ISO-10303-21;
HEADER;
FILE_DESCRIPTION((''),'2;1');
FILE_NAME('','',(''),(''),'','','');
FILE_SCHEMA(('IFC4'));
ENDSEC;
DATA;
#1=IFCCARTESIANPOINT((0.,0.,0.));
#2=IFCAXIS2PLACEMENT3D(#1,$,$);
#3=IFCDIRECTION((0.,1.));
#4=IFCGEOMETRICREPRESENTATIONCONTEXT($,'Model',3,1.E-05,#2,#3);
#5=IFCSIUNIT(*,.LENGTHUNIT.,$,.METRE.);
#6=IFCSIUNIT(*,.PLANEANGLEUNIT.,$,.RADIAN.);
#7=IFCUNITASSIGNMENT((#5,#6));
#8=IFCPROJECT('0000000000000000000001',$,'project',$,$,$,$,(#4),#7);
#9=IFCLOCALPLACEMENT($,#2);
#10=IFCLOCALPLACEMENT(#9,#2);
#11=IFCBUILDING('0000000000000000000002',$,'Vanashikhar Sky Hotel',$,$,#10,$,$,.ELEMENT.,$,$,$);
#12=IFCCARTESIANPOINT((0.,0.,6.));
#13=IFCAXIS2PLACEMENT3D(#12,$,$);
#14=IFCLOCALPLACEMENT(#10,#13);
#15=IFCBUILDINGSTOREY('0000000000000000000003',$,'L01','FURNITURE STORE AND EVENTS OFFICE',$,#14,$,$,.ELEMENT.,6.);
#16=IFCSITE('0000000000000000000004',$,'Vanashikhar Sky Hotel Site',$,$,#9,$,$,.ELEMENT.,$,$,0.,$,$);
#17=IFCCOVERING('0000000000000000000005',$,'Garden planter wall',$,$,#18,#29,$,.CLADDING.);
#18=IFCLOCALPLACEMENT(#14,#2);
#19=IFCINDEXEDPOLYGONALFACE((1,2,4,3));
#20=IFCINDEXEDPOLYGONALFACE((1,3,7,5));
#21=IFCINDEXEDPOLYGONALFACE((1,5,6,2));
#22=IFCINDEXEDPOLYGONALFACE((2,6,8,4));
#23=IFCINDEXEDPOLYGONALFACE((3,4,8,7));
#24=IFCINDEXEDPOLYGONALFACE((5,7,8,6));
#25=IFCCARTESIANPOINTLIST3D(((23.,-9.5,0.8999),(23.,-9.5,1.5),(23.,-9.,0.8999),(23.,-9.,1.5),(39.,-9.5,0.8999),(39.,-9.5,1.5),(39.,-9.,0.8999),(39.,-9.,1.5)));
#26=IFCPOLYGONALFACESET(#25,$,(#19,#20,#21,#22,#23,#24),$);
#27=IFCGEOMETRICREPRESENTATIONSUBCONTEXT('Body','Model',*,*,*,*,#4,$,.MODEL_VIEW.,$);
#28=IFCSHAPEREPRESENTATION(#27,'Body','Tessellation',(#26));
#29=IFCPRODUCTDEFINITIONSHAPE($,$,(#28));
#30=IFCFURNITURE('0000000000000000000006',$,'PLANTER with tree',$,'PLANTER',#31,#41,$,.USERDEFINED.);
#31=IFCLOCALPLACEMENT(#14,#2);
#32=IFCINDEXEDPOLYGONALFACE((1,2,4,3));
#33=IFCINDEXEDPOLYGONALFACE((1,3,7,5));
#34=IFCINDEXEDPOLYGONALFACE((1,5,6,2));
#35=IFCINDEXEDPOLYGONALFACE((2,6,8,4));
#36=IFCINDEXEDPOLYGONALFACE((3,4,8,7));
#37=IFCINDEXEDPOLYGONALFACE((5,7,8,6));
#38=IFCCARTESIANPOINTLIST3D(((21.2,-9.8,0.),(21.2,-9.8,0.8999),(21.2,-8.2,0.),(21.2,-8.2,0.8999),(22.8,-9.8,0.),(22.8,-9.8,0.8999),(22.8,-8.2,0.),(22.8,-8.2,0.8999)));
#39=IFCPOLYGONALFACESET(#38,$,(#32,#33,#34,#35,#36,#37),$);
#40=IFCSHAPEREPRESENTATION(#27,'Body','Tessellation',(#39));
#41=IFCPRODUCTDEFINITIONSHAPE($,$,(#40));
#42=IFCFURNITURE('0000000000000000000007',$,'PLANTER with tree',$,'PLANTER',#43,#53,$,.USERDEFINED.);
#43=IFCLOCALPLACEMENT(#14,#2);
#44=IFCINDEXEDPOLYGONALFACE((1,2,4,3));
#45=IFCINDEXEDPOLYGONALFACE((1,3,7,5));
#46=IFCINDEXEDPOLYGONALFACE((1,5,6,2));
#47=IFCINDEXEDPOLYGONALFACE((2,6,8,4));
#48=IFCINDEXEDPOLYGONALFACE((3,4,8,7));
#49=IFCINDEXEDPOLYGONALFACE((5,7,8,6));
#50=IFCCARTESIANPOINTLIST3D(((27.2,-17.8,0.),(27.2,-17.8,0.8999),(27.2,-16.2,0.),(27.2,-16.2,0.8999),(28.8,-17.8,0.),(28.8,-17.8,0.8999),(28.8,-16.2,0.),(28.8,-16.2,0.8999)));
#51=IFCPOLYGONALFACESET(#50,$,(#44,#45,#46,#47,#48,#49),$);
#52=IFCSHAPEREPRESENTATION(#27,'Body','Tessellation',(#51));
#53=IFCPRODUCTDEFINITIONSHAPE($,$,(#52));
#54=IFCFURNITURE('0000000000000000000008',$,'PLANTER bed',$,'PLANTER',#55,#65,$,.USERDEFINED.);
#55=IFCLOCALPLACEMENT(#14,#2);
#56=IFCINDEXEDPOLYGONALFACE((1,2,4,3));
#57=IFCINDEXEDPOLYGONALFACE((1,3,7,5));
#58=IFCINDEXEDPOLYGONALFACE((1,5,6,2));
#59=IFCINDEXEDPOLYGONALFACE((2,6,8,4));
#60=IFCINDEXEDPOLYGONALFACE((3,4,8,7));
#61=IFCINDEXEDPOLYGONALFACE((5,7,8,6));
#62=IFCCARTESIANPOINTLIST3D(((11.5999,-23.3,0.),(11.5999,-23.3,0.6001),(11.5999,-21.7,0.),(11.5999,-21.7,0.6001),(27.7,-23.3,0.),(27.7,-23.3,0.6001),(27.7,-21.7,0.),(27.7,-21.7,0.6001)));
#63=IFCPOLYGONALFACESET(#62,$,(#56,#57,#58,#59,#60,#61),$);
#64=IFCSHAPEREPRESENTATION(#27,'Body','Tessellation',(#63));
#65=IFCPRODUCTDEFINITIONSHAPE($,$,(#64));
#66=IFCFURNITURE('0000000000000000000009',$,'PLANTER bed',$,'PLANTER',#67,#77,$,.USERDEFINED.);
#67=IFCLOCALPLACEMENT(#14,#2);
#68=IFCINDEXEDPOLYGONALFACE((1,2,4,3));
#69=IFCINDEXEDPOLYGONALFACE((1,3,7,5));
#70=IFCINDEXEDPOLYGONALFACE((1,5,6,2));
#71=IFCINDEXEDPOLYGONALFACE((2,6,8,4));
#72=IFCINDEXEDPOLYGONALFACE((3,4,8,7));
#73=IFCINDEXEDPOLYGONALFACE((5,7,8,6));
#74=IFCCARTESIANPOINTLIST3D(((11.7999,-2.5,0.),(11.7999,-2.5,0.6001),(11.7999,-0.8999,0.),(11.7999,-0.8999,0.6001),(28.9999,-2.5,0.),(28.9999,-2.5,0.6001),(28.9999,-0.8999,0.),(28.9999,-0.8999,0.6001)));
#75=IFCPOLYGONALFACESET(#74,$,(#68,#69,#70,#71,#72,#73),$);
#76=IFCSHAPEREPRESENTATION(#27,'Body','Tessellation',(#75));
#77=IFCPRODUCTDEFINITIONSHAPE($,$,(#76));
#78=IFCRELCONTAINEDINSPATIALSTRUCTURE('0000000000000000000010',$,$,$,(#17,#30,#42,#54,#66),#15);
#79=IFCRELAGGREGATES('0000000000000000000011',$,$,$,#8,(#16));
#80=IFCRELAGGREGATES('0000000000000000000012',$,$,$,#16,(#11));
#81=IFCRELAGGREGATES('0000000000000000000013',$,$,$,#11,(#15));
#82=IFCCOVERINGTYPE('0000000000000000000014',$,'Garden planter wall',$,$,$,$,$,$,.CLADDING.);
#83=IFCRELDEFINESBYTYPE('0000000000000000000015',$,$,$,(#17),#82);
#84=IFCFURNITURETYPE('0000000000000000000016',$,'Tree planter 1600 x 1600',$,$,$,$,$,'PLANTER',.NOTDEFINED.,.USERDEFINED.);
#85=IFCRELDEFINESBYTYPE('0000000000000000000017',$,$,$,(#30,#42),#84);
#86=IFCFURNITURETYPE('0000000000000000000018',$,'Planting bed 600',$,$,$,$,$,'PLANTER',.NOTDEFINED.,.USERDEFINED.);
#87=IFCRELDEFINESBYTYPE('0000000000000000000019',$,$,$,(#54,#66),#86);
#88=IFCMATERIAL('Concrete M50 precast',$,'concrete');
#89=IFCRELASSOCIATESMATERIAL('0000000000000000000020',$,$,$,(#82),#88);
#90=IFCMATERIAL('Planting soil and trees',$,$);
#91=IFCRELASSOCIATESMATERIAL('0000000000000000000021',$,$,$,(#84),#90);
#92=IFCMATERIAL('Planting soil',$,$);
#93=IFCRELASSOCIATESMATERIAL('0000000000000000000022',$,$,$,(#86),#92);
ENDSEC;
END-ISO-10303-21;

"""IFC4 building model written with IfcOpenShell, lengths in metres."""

from ifc_helpers import new_model, si_unit, direction, frame, origin, origin_2d, place, context, subcontext, project, spatial, rectangle, extrude, source, transform, mapped, material, type_object, element, save


model = new_model("IFC4")

# Units and contexts
model_context = context("Model", 3, precision=1e-05, world=origin(), true_north=direction((0.0, 1.0)))
body_context = subcontext(model_context, "Body", "Model", "MODEL_VIEW")
ifc_project = project(units=[si_unit("LENGTHUNIT", "METRE"), si_unit("PLANEANGLEUNIT", "RADIAN")], contexts=[model_context])

# Site, building, storey
site_placement = place(None, origin())
site = spatial("IfcSite", under=ifc_project, at=site_placement, Name="Vanashikhar Sky Hotel Site", CompositionType="ELEMENT", RefElevation=0.0)
building_placement = place(site_placement, origin())
building = spatial("IfcBuilding", under=site, at=building_placement, Name="Vanashikhar Sky Hotel", CompositionType="ELEMENT")
storey_placement = place(building_placement, frame((0.0, 0.0, 6.0)))
storey = spatial("IfcBuildingStorey", under=building, at=storey_placement, Name="L01", Description="FURNITURE STORE AND EVENTS OFFICE", CompositionType="ELEMENT", Elevation=6.0)

# Covering
ifc_material_1 = material(Name="Concrete M50 precast", Category="concrete")
covering_type_1 = type_object("IfcCoveringType", Name="Garden planter wall", PredefinedType="CLADDING", material=ifc_material_1)
shared_shape_1 = source(origin(), body_context, "Body", "SweptSolid", [
    extrude(rectangle(XDim=16.0, YDim=0.5, at=origin_2d()), origin(), (0.0, 0.0, 1.0), 0.6001),
])
covering_1_placement = place(storey_placement, frame((31.0, -9.25, 0.8999), z_axis=(0.0, 0.0, 1.0), x_axis=(1.0, 0.0, 0.0)))
element("IfcCovering", 1, at=covering_1_placement, inside=storey, type_object=covering_type_1, Name="Garden planter wall", PredefinedType="CLADDING", context=body_context, shape_type="MappedRepresentation", body=[
    mapped(shared_shape_1, transform((0.0, 0.0, 0.0), scale=1.0)),
])

# Furniture
ifc_material_2 = material(Name="Planting soil and trees")
furniture_type_1 = type_object("IfcFurnitureType", Name="Tree planter 1600 x 1600", ElementType="PLANTER", AssemblyPlace="NOTDEFINED", PredefinedType="USERDEFINED", material=ifc_material_2)
shared_shape_2 = source(origin(), body_context, "Body", "SweptSolid", [
    extrude(rectangle(XDim=1.6001, YDim=1.6001, at=origin_2d()), origin(), (0.0, 0.0, 1.0), 0.8999),
])
for number, where, z_axis, x_axis, name in (
    (2, (22.0, -9.0, 0.0), (0.0, 0.0, 1.0), (1.0, 0.0, 0.0), "PLANTER with tree"),
    (3, (28.0, -17.0, 0.0), (0.0, 0.0, 1.0), (1.0, 0.0, 0.0), "PLANTER with tree"),
):
    element("IfcFurniture", number, at=place(storey_placement, frame(where, z_axis=z_axis, x_axis=x_axis)), inside=storey, type_object=furniture_type_1, Name=name, ObjectType="PLANTER", PredefinedType="USERDEFINED", context=body_context, shape_type="MappedRepresentation", body=[
        mapped(shared_shape_2, transform((0.0, 0.0, 0.0), scale=1.0)),
    ])
ifc_material_3 = material(Name="Planting soil")
furniture_type_2 = type_object("IfcFurnitureType", Name="Planting bed 600", ElementType="PLANTER", AssemblyPlace="NOTDEFINED", PredefinedType="USERDEFINED", material=ifc_material_3)
shared_shape_3 = source(origin(), body_context, "Body", "SweptSolid", [
    extrude(rectangle(XDim=16.1001, YDim=1.6001, at=origin_2d()), origin(), (0.0, 0.0, 1.0), 0.6001),
])
furniture_1_placement = place(storey_placement, frame((19.6499, -22.5, 0.0), z_axis=(0.0, 0.0, 1.0), x_axis=(1.0, 0.0, 0.0)))
element("IfcFurniture", 4, at=furniture_1_placement, inside=storey, type_object=furniture_type_2, Name="PLANTER bed", ObjectType="PLANTER", PredefinedType="USERDEFINED", context=body_context, shape_type="MappedRepresentation", body=[
    mapped(shared_shape_3, transform((0.0, 0.0, 0.0), scale=1.0)),
])
shared_shape_4 = source(origin(), body_context, "Body", "SweptSolid", [
    extrude(rectangle(XDim=17.2, YDim=1.6001, at=origin_2d()), origin(), (0.0, 0.0, 1.0), 0.6001),
])
furniture_2_placement = place(storey_placement, frame((20.3999, -1.7, 0.0), z_axis=(0.0, 0.0, 1.0), x_axis=(1.0, 0.0, 0.0)))
element("IfcFurniture", 5, at=furniture_2_placement, inside=storey, type_object=furniture_type_2, Name="PLANTER bed", ObjectType="PLANTER", PredefinedType="USERDEFINED", context=body_context, shape_type="MappedRepresentation", body=[
    mapped(shared_shape_4, transform((0.0, 0.0, 0.0), scale=1.0)),
])

save(model, "model.ifc")
